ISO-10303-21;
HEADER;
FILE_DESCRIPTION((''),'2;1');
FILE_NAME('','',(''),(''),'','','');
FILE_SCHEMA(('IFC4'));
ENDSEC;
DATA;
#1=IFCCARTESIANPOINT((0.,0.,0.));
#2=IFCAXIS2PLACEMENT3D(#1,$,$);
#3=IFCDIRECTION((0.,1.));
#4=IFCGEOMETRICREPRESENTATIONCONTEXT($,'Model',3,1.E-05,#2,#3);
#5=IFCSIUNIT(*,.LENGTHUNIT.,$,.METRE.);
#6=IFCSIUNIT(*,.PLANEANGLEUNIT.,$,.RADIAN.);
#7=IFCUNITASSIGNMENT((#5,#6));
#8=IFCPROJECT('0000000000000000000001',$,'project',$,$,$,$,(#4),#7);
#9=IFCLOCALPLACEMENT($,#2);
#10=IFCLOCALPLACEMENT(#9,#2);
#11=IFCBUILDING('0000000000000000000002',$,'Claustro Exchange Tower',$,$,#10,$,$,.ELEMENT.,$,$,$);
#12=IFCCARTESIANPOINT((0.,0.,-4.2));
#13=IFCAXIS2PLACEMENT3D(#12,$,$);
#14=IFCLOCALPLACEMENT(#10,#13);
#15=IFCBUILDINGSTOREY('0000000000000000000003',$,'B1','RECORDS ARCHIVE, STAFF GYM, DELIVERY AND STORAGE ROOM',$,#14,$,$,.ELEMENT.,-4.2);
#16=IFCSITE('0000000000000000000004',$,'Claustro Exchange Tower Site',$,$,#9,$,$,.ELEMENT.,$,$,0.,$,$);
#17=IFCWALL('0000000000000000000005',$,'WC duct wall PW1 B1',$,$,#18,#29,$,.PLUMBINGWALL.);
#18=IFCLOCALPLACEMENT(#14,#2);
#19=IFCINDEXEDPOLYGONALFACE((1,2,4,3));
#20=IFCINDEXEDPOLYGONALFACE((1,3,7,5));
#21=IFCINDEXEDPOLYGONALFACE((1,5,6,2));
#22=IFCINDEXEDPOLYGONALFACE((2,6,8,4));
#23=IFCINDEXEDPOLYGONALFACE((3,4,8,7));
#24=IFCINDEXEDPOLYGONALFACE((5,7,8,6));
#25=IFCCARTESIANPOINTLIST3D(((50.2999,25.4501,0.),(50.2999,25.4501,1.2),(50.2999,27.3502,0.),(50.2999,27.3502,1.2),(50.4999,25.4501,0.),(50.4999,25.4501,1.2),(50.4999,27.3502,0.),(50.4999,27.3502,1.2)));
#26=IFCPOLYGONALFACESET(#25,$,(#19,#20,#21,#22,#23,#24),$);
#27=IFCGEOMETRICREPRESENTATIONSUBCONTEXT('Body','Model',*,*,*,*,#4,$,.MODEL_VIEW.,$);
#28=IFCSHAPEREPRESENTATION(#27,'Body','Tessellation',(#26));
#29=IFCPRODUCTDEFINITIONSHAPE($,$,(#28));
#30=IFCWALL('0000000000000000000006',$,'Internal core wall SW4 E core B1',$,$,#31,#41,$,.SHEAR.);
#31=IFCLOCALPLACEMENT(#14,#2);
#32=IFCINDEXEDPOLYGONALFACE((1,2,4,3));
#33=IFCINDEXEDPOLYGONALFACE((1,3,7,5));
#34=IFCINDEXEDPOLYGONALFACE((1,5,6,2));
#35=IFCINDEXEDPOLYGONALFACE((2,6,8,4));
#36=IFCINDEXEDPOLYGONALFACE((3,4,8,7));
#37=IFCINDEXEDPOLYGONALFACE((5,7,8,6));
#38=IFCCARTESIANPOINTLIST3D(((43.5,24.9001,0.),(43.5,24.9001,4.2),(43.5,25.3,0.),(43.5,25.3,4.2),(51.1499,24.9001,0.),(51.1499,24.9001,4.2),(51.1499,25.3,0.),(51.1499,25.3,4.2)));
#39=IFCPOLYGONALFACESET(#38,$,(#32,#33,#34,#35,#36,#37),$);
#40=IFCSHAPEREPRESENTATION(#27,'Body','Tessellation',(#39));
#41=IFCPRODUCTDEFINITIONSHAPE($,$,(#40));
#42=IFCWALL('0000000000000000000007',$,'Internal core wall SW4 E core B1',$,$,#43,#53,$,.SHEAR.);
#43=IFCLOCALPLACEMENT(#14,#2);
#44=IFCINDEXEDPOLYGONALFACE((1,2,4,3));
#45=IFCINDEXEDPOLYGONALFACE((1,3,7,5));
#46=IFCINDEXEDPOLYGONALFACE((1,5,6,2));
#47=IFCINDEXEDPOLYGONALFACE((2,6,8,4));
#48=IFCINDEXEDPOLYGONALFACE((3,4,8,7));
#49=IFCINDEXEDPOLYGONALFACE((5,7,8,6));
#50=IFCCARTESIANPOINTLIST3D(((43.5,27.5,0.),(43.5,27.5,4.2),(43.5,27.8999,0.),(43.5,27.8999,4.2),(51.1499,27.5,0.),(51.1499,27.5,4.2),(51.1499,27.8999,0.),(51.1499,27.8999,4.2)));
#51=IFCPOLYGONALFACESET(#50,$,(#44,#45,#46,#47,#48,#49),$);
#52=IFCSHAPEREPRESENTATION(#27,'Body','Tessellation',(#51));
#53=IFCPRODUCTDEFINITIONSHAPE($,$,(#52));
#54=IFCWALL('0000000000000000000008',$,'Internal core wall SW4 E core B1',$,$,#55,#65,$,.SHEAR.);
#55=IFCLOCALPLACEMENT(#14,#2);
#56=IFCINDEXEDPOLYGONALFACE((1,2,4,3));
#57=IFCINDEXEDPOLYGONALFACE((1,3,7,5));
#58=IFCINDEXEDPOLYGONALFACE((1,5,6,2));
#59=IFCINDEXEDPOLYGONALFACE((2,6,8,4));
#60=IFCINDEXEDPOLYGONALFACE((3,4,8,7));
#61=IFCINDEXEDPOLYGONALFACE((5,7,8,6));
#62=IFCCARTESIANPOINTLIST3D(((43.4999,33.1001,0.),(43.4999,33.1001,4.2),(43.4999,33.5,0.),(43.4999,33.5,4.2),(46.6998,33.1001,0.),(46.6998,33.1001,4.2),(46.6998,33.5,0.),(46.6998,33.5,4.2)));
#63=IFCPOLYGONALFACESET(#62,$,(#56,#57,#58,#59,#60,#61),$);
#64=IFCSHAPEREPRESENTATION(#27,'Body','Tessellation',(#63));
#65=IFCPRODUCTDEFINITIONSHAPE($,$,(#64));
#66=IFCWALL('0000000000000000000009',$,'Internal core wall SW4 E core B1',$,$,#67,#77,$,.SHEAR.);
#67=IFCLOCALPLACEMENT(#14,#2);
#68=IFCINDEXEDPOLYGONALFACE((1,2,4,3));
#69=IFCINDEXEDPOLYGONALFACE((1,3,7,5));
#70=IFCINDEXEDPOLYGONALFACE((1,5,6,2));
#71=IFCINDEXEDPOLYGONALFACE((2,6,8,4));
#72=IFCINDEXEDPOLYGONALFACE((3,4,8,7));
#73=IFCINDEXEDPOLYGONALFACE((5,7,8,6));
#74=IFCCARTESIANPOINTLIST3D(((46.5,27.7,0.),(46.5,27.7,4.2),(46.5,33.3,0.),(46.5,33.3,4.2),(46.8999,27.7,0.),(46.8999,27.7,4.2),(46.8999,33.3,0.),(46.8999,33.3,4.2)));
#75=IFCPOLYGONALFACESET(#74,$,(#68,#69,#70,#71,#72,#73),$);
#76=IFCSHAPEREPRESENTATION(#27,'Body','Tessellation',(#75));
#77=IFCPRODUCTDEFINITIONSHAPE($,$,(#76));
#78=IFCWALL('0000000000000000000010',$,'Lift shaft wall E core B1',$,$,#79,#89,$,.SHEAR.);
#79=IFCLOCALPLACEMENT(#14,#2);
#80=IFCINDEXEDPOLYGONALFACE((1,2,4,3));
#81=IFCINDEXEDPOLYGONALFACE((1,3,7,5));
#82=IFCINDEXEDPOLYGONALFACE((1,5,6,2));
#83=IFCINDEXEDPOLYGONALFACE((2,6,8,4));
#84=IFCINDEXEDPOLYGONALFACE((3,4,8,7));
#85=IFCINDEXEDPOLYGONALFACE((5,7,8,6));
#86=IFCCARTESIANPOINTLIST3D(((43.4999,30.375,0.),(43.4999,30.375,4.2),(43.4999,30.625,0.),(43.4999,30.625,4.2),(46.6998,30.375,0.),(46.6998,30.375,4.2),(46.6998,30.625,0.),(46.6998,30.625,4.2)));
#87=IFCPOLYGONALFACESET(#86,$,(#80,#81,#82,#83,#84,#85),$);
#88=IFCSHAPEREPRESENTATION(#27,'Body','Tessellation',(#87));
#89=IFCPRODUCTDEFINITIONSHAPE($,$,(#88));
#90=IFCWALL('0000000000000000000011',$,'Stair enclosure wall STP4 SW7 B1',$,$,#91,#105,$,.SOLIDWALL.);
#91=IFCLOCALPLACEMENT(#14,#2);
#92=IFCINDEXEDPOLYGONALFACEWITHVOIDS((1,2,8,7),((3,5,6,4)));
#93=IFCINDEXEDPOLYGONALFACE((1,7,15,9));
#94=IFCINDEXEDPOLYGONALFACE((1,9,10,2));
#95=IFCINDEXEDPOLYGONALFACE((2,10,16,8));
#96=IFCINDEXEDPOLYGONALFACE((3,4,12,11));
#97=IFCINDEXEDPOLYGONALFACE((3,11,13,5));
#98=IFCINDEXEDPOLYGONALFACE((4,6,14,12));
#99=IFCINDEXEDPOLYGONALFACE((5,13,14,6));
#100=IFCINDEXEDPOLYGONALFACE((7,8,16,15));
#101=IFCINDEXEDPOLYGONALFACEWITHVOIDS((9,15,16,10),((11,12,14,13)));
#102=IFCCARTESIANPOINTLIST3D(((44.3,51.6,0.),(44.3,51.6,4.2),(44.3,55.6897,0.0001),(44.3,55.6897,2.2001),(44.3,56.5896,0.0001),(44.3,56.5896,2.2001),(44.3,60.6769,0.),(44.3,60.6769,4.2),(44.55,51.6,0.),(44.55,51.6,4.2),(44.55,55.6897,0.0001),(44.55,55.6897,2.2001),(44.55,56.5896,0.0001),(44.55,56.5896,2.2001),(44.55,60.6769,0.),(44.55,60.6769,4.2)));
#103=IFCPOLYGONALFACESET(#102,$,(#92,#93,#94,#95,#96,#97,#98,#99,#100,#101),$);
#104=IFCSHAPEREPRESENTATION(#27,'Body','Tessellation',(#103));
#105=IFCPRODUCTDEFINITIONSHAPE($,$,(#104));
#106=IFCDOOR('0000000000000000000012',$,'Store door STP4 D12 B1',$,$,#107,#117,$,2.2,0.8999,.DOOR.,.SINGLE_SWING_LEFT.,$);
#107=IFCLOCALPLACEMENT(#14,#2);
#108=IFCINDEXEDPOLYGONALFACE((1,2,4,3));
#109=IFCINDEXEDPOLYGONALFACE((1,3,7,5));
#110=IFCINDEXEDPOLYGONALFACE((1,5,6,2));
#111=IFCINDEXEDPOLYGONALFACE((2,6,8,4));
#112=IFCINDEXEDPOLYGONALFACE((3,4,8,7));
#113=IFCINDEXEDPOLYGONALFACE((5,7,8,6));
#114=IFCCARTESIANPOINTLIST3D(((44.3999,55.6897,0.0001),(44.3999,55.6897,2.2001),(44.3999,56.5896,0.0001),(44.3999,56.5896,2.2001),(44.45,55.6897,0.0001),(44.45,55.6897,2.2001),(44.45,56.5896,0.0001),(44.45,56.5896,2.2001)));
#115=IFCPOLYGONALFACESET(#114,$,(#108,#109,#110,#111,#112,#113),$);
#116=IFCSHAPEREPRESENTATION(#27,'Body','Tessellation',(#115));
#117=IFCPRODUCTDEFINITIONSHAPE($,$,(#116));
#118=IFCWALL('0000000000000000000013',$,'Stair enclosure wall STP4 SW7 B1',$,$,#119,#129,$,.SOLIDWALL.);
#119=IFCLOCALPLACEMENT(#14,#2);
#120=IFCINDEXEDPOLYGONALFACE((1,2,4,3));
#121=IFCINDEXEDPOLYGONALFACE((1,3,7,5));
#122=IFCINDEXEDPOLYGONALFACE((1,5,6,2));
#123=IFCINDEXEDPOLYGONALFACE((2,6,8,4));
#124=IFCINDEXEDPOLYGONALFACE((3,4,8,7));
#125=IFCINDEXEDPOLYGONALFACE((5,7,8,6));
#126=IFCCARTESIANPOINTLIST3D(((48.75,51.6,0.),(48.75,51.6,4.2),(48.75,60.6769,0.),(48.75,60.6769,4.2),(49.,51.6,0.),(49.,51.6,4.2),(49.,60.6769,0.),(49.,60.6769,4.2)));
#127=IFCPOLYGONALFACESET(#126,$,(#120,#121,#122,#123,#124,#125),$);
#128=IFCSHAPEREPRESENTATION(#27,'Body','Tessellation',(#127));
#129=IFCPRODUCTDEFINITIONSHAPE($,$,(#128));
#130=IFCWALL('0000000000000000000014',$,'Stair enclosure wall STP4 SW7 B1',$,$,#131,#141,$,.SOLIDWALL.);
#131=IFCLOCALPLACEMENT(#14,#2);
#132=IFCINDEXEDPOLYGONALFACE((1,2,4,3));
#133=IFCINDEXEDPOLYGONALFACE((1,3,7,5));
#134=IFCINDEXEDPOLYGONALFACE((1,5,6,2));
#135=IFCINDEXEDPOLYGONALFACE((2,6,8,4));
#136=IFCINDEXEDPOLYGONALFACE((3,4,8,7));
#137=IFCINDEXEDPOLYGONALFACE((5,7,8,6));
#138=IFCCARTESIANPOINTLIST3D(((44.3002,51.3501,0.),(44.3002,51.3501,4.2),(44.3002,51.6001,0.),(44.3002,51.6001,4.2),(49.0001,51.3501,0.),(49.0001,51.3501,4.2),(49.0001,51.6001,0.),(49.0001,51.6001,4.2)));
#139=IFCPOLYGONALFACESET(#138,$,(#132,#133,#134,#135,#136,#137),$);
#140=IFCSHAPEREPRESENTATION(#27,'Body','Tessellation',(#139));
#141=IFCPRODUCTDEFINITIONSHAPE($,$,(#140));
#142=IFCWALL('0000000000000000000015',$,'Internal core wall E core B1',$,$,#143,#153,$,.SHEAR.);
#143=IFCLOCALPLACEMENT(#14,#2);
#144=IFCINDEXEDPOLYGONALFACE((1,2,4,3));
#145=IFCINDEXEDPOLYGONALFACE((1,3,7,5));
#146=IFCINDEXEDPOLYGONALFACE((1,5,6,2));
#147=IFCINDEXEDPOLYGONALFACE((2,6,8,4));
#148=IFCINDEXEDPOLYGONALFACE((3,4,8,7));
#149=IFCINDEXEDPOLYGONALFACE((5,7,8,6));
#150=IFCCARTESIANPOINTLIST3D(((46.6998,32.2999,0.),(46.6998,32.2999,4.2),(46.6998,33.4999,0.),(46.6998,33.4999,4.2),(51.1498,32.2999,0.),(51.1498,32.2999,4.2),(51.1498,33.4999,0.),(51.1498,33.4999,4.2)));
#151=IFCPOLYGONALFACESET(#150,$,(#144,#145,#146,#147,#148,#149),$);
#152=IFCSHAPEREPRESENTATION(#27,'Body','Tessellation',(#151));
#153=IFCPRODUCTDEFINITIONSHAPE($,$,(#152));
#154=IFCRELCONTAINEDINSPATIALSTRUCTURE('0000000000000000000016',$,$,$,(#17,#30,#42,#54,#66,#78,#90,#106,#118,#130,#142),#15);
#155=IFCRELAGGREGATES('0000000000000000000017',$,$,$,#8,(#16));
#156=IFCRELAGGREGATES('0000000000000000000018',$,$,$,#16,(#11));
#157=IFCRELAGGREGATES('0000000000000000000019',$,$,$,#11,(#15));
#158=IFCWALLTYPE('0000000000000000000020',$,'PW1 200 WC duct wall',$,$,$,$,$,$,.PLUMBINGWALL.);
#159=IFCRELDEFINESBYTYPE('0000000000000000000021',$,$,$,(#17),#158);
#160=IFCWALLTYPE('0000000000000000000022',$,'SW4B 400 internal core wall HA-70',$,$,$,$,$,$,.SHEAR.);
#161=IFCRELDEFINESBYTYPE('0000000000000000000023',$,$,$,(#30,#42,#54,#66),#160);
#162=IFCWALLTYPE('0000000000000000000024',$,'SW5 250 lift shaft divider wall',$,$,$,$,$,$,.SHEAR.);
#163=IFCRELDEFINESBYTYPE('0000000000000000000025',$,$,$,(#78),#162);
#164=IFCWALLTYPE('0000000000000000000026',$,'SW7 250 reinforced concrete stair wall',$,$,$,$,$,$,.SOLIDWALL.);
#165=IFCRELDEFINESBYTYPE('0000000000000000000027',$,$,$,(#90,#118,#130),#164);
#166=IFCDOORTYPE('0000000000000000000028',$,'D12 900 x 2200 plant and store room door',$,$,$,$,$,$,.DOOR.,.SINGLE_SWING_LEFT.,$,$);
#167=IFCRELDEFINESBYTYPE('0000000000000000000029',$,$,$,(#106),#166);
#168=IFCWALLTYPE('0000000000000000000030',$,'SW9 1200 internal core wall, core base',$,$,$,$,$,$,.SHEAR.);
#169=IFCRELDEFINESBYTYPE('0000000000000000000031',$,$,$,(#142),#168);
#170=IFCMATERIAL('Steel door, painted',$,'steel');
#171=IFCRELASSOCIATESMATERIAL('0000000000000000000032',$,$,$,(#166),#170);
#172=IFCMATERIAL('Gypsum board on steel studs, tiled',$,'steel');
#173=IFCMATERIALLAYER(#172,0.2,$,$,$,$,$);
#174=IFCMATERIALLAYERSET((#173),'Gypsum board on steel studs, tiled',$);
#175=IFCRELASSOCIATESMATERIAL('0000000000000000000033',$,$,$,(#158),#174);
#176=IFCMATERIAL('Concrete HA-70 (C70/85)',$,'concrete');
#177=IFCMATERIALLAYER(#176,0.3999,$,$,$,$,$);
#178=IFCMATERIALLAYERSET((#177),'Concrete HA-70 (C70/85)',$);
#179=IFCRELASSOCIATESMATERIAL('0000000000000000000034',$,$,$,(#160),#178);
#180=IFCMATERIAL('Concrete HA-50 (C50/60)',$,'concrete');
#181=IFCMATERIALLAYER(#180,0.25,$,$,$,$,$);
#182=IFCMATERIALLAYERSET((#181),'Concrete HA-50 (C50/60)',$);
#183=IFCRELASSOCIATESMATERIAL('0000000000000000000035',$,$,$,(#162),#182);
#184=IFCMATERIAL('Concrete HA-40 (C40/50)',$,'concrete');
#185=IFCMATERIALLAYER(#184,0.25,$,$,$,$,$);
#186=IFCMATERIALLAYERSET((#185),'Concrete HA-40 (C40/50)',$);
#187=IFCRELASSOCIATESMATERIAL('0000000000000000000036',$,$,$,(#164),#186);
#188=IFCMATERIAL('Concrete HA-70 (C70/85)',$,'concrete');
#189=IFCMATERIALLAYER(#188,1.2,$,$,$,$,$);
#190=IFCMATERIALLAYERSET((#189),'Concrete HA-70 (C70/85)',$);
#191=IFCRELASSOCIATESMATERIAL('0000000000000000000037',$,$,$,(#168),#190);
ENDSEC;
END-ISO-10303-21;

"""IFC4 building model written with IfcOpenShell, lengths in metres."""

from ifc_helpers import new_model, si_unit, direction, frame, frame_2d, origin, place, context, subcontext, project, spatial, rectangle, extrude, material, layer, layer_set, type_object, element, fill, save


model = new_model("IFC4")

# Units and contexts
model_context = context("Model", 3, precision=1e-05, world=origin(), true_north=direction((0.0, 1.0)))
body_context = subcontext(model_context, "Body", "Model", "MODEL_VIEW")
ifc_project = project(units=[si_unit("LENGTHUNIT", "METRE"), si_unit("PLANEANGLEUNIT", "RADIAN")], contexts=[model_context])

# Site, building, storey
site_placement = place(None, origin())
site = spatial("IfcSite", under=ifc_project, at=site_placement, Name="Claustro Exchange Tower Site", CompositionType="ELEMENT", RefElevation=0.0)
building_placement = place(site_placement, origin())
building = spatial("IfcBuilding", under=site, at=building_placement, Name="Claustro Exchange Tower", CompositionType="ELEMENT")
storey_placement = place(building_placement, frame((0.0, 0.0, -4.2)))
storey = spatial("IfcBuildingStorey", under=building, at=storey_placement, Name="B1", Description="RECORDS ARCHIVE, STAFF GYM, DELIVERY AND STORAGE ROOM", CompositionType="ELEMENT", Elevation=-4.2)

# Shared definitions
ifc_material_1 = material(Name="Steel door, painted", Category="steel")
door_type = type_object("IfcDoorType", Name="D12 900 x 2200 plant and store room door", OperationType="SINGLE_SWING_LEFT", PredefinedType="DOOR", material=ifc_material_1)

# Walls
ifc_material_2 = material(Name="Gypsum board on steel studs, tiled", Category="steel")
ifc_layer_1 = layer(ifc_material_2, 0.2)
ifc_layer_set_1 = layer_set([ifc_layer_1], Name="Gypsum board on steel studs, tiled")
wall_type_1 = type_object("IfcWallType", Name="PW1 200 WC duct wall", PredefinedType="PLUMBINGWALL", material=ifc_layer_set_1)
wall_1_placement = place(storey_placement, frame((50.3999, 25.45, 0.0), z_axis=(0.0, 0.0, 1.0), x_axis=(0.0, 1.0, 0.0)))
element("IfcWall", 1, at=wall_1_placement, inside=storey, type_object=wall_type_1, Name="WC duct wall PW1 B1", PredefinedType="PLUMBINGWALL", context=body_context, shape_type="SweptSolid", body=[
    extrude(rectangle(XDim=1.9001, YDim=0.2, at=frame_2d((0.9502, 0.0))), origin(), (0.0, 0.0, 1.0), 1.2),
])
ifc_material_3 = material(Name="Concrete HA-70 (C70/85)", Category="concrete")
ifc_layer_2 = layer(ifc_material_3, 0.3999)
ifc_layer_set_2 = layer_set([ifc_layer_2], Name="Concrete HA-70 (C70/85)")
wall_type_2 = type_object("IfcWallType", Name="SW4B 400 internal core wall HA-70", PredefinedType="SHEAR", material=ifc_layer_set_2)
for number, where, z_axis, x_axis, name in (
    (2, (51.1499, 25.1001, 0.0), (0.0, 0.0, 1.0), (-1.0, 0.0, 0.0), "Internal core wall SW4 E core B1"),
    (3, (51.1499, 27.7, 0.0), (0.0, 0.0, 1.0), (-1.0, 0.0, 0.0), "Internal core wall SW4 E core B1"),
):
    element("IfcWall", number, at=place(storey_placement, frame(where, z_axis=z_axis, x_axis=x_axis)), inside=storey, type_object=wall_type_2, Name=name, PredefinedType="SHEAR", context=body_context, shape_type="SweptSolid", body=[
        extrude(rectangle(XDim=7.6499, YDim=0.3999, at=frame_2d((3.825, 0.0))), origin(), (0.0, 0.0, 1.0), 4.2),
    ])
wall_2_placement = place(storey_placement, frame((46.7, 33.3, 0.0), z_axis=(0.0, 0.0, 1.0), x_axis=(-1.0, 0.0, 0.0)))
element("IfcWall", 4, at=wall_2_placement, inside=storey, type_object=wall_type_2, Name="Internal core wall SW4 E core B1", PredefinedType="SHEAR", context=body_context, shape_type="SweptSolid", body=[
    extrude(rectangle(XDim=3.2, YDim=0.3999, at=frame_2d((1.6001, 0.0))), origin(), (0.0, 0.0, 1.0), 4.2),
])
wall_3_placement = place(storey_placement, frame((46.7, 27.7, 0.0), z_axis=(0.0, 0.0, 1.0), x_axis=(0.0, 1.0, 0.0)))
element("IfcWall", 5, at=wall_3_placement, inside=storey, type_object=wall_type_2, Name="Internal core wall SW4 E core B1", PredefinedType="SHEAR", context=body_context, shape_type="SweptSolid", body=[
    extrude(rectangle(XDim=5.6001, YDim=0.3999, at=frame_2d((2.8, 0.0))), origin(), (0.0, 0.0, 1.0), 4.2),
])
ifc_material_4 = material(Name="Concrete HA-50 (C50/60)", Category="concrete")
ifc_layer_3 = layer(ifc_material_4, 0.25)
ifc_layer_set_3 = layer_set([ifc_layer_3], Name="Concrete HA-50 (C50/60)")
wall_type_3 = type_object("IfcWallType", Name="SW5 250 lift shaft divider wall", PredefinedType="SHEAR", material=ifc_layer_set_3)
wall_4_placement = place(storey_placement, frame((46.7, 30.5, 0.0), z_axis=(0.0, 0.0, 1.0), x_axis=(-1.0, 0.0, 0.0)))
element("IfcWall", 6, at=wall_4_placement, inside=storey, type_object=wall_type_3, Name="Lift shaft wall E core B1", PredefinedType="SHEAR", context=body_context, shape_type="SweptSolid", body=[
    extrude(rectangle(XDim=3.2, YDim=0.25, at=frame_2d((1.6001, 0.0))), origin(), (0.0, 0.0, 1.0), 4.2),
])

# Wall, opening, door
ifc_material_5 = material(Name="Concrete HA-40 (C40/50)", Category="concrete")
ifc_layer_4 = layer(ifc_material_5, 0.25)
ifc_layer_set_4 = layer_set([ifc_layer_4], Name="Concrete HA-40 (C40/50)")
wall_type_4 = type_object("IfcWallType", Name="SW7 250 reinforced concrete stair wall", PredefinedType="SOLIDWALL", material=ifc_layer_set_4)
wall_5_placement = place(storey_placement, frame((44.425, 60.677, 0.0), z_axis=(0.0, 0.0, 1.0), x_axis=(0.0, -1.0, 0.0)))
wall_5 = element("IfcWall", 7, at=wall_5_placement, inside=storey, type_object=wall_type_4, Name="Stair enclosure wall STP4 SW7 B1", PredefinedType="SOLIDWALL", context=body_context, shape_type="SweptSolid", body=[
    extrude(rectangle(XDim=9.0769, YDim=0.25, at=frame_2d((4.5386, 0.0))), origin(), (0.0, 0.0, 1.0), 4.2),
])
opening_1_placement = place(wall_5_placement, frame((4.0874, 0.0, 0.0)))
opening_1 = element("IfcOpeningElement", 8, at=opening_1_placement, cuts=wall_5, PredefinedType="OPENING", context=body_context, shape_type="SweptSolid", body=[
    extrude(rectangle(XDim=0.8999, YDim=2.2, at=frame_2d((0.45, 1.1001))), frame((0.0, 0.135, 0.0), z_axis=(0.0, -1.0, 0.0), x_axis=(1.0, 0.0, 0.0)), (0.0, 0.0, 1.0), 0.27),
])
door_1_placement = place(opening_1_placement, origin())
door_1 = element("IfcDoor", 9, at=door_1_placement, inside=storey, type_object=door_type, Name="Store door STP4 D12 B1", OperationType="SINGLE_SWING_LEFT", OverallHeight=2.2, OverallWidth=0.8999, PredefinedType="DOOR", context=body_context, shape_type="SweptSolid", body=[
    extrude(rectangle(XDim=0.8999, YDim=2.2, at=frame_2d((0.45, 1.1001))), frame((0.0, 0.0249, 0.0), z_axis=(0.0, -1.0, 0.0), x_axis=(1.0, 0.0, 0.0)), (0.0, 0.0, 1.0), 0.05),
])
fill(opening_1, door_1)

# Walls
wall_6_placement = place(storey_placement, frame((48.875, 60.677, 0.0), z_axis=(0.0, 0.0, 1.0), x_axis=(0.0, -1.0, 0.0)))
element("IfcWall", 10, at=wall_6_placement, inside=storey, type_object=wall_type_4, Name="Stair enclosure wall STP4 SW7 B1", PredefinedType="SOLIDWALL", context=body_context, shape_type="SweptSolid", body=[
    extrude(rectangle(XDim=9.0769, YDim=0.25, at=frame_2d((4.5386, 0.0))), origin(), (0.0, 0.0, 1.0), 4.2),
])
wall_7_placement = place(storey_placement, frame((44.3, 51.4751, 0.0), z_axis=(0.0, 0.0, 1.0), x_axis=(1.0, 0.0, 0.0)))
element("IfcWall", 11, at=wall_7_placement, inside=storey, type_object=wall_type_4, Name="Stair enclosure wall STP4 SW7 B1", PredefinedType="SOLIDWALL", context=body_context, shape_type="SweptSolid", body=[
    extrude(rectangle(XDim=4.7, YDim=0.25, at=frame_2d((2.3501, 0.0))), origin(), (0.0, 0.0, 1.0), 4.2),
])
ifc_material_6 = material(Name="Concrete HA-70 (C70/85)", Category="concrete")
ifc_layer_5 = layer(ifc_material_6, 1.2)
ifc_layer_set_5 = layer_set([ifc_layer_5], Name="Concrete HA-70 (C70/85)")
wall_type_5 = type_object("IfcWallType", Name="SW9 1200 internal core wall, core base", PredefinedType="SHEAR", material=ifc_layer_set_5)
wall_8_placement = place(storey_placement, frame((51.1499, 32.8999, 0.0), z_axis=(0.0, 0.0, 1.0), x_axis=(-1.0, 0.0, 0.0)))
element("IfcWall", 12, at=wall_8_placement, inside=storey, type_object=wall_type_5, Name="Internal core wall E core B1", PredefinedType="SHEAR", context=body_context, shape_type="SweptSolid", body=[
    extrude(rectangle(XDim=4.45, YDim=1.2, at=frame_2d((2.2251, 0.0))), origin(), (0.0, 0.0, 1.0), 4.2),
])

save(model, "model.ifc")
